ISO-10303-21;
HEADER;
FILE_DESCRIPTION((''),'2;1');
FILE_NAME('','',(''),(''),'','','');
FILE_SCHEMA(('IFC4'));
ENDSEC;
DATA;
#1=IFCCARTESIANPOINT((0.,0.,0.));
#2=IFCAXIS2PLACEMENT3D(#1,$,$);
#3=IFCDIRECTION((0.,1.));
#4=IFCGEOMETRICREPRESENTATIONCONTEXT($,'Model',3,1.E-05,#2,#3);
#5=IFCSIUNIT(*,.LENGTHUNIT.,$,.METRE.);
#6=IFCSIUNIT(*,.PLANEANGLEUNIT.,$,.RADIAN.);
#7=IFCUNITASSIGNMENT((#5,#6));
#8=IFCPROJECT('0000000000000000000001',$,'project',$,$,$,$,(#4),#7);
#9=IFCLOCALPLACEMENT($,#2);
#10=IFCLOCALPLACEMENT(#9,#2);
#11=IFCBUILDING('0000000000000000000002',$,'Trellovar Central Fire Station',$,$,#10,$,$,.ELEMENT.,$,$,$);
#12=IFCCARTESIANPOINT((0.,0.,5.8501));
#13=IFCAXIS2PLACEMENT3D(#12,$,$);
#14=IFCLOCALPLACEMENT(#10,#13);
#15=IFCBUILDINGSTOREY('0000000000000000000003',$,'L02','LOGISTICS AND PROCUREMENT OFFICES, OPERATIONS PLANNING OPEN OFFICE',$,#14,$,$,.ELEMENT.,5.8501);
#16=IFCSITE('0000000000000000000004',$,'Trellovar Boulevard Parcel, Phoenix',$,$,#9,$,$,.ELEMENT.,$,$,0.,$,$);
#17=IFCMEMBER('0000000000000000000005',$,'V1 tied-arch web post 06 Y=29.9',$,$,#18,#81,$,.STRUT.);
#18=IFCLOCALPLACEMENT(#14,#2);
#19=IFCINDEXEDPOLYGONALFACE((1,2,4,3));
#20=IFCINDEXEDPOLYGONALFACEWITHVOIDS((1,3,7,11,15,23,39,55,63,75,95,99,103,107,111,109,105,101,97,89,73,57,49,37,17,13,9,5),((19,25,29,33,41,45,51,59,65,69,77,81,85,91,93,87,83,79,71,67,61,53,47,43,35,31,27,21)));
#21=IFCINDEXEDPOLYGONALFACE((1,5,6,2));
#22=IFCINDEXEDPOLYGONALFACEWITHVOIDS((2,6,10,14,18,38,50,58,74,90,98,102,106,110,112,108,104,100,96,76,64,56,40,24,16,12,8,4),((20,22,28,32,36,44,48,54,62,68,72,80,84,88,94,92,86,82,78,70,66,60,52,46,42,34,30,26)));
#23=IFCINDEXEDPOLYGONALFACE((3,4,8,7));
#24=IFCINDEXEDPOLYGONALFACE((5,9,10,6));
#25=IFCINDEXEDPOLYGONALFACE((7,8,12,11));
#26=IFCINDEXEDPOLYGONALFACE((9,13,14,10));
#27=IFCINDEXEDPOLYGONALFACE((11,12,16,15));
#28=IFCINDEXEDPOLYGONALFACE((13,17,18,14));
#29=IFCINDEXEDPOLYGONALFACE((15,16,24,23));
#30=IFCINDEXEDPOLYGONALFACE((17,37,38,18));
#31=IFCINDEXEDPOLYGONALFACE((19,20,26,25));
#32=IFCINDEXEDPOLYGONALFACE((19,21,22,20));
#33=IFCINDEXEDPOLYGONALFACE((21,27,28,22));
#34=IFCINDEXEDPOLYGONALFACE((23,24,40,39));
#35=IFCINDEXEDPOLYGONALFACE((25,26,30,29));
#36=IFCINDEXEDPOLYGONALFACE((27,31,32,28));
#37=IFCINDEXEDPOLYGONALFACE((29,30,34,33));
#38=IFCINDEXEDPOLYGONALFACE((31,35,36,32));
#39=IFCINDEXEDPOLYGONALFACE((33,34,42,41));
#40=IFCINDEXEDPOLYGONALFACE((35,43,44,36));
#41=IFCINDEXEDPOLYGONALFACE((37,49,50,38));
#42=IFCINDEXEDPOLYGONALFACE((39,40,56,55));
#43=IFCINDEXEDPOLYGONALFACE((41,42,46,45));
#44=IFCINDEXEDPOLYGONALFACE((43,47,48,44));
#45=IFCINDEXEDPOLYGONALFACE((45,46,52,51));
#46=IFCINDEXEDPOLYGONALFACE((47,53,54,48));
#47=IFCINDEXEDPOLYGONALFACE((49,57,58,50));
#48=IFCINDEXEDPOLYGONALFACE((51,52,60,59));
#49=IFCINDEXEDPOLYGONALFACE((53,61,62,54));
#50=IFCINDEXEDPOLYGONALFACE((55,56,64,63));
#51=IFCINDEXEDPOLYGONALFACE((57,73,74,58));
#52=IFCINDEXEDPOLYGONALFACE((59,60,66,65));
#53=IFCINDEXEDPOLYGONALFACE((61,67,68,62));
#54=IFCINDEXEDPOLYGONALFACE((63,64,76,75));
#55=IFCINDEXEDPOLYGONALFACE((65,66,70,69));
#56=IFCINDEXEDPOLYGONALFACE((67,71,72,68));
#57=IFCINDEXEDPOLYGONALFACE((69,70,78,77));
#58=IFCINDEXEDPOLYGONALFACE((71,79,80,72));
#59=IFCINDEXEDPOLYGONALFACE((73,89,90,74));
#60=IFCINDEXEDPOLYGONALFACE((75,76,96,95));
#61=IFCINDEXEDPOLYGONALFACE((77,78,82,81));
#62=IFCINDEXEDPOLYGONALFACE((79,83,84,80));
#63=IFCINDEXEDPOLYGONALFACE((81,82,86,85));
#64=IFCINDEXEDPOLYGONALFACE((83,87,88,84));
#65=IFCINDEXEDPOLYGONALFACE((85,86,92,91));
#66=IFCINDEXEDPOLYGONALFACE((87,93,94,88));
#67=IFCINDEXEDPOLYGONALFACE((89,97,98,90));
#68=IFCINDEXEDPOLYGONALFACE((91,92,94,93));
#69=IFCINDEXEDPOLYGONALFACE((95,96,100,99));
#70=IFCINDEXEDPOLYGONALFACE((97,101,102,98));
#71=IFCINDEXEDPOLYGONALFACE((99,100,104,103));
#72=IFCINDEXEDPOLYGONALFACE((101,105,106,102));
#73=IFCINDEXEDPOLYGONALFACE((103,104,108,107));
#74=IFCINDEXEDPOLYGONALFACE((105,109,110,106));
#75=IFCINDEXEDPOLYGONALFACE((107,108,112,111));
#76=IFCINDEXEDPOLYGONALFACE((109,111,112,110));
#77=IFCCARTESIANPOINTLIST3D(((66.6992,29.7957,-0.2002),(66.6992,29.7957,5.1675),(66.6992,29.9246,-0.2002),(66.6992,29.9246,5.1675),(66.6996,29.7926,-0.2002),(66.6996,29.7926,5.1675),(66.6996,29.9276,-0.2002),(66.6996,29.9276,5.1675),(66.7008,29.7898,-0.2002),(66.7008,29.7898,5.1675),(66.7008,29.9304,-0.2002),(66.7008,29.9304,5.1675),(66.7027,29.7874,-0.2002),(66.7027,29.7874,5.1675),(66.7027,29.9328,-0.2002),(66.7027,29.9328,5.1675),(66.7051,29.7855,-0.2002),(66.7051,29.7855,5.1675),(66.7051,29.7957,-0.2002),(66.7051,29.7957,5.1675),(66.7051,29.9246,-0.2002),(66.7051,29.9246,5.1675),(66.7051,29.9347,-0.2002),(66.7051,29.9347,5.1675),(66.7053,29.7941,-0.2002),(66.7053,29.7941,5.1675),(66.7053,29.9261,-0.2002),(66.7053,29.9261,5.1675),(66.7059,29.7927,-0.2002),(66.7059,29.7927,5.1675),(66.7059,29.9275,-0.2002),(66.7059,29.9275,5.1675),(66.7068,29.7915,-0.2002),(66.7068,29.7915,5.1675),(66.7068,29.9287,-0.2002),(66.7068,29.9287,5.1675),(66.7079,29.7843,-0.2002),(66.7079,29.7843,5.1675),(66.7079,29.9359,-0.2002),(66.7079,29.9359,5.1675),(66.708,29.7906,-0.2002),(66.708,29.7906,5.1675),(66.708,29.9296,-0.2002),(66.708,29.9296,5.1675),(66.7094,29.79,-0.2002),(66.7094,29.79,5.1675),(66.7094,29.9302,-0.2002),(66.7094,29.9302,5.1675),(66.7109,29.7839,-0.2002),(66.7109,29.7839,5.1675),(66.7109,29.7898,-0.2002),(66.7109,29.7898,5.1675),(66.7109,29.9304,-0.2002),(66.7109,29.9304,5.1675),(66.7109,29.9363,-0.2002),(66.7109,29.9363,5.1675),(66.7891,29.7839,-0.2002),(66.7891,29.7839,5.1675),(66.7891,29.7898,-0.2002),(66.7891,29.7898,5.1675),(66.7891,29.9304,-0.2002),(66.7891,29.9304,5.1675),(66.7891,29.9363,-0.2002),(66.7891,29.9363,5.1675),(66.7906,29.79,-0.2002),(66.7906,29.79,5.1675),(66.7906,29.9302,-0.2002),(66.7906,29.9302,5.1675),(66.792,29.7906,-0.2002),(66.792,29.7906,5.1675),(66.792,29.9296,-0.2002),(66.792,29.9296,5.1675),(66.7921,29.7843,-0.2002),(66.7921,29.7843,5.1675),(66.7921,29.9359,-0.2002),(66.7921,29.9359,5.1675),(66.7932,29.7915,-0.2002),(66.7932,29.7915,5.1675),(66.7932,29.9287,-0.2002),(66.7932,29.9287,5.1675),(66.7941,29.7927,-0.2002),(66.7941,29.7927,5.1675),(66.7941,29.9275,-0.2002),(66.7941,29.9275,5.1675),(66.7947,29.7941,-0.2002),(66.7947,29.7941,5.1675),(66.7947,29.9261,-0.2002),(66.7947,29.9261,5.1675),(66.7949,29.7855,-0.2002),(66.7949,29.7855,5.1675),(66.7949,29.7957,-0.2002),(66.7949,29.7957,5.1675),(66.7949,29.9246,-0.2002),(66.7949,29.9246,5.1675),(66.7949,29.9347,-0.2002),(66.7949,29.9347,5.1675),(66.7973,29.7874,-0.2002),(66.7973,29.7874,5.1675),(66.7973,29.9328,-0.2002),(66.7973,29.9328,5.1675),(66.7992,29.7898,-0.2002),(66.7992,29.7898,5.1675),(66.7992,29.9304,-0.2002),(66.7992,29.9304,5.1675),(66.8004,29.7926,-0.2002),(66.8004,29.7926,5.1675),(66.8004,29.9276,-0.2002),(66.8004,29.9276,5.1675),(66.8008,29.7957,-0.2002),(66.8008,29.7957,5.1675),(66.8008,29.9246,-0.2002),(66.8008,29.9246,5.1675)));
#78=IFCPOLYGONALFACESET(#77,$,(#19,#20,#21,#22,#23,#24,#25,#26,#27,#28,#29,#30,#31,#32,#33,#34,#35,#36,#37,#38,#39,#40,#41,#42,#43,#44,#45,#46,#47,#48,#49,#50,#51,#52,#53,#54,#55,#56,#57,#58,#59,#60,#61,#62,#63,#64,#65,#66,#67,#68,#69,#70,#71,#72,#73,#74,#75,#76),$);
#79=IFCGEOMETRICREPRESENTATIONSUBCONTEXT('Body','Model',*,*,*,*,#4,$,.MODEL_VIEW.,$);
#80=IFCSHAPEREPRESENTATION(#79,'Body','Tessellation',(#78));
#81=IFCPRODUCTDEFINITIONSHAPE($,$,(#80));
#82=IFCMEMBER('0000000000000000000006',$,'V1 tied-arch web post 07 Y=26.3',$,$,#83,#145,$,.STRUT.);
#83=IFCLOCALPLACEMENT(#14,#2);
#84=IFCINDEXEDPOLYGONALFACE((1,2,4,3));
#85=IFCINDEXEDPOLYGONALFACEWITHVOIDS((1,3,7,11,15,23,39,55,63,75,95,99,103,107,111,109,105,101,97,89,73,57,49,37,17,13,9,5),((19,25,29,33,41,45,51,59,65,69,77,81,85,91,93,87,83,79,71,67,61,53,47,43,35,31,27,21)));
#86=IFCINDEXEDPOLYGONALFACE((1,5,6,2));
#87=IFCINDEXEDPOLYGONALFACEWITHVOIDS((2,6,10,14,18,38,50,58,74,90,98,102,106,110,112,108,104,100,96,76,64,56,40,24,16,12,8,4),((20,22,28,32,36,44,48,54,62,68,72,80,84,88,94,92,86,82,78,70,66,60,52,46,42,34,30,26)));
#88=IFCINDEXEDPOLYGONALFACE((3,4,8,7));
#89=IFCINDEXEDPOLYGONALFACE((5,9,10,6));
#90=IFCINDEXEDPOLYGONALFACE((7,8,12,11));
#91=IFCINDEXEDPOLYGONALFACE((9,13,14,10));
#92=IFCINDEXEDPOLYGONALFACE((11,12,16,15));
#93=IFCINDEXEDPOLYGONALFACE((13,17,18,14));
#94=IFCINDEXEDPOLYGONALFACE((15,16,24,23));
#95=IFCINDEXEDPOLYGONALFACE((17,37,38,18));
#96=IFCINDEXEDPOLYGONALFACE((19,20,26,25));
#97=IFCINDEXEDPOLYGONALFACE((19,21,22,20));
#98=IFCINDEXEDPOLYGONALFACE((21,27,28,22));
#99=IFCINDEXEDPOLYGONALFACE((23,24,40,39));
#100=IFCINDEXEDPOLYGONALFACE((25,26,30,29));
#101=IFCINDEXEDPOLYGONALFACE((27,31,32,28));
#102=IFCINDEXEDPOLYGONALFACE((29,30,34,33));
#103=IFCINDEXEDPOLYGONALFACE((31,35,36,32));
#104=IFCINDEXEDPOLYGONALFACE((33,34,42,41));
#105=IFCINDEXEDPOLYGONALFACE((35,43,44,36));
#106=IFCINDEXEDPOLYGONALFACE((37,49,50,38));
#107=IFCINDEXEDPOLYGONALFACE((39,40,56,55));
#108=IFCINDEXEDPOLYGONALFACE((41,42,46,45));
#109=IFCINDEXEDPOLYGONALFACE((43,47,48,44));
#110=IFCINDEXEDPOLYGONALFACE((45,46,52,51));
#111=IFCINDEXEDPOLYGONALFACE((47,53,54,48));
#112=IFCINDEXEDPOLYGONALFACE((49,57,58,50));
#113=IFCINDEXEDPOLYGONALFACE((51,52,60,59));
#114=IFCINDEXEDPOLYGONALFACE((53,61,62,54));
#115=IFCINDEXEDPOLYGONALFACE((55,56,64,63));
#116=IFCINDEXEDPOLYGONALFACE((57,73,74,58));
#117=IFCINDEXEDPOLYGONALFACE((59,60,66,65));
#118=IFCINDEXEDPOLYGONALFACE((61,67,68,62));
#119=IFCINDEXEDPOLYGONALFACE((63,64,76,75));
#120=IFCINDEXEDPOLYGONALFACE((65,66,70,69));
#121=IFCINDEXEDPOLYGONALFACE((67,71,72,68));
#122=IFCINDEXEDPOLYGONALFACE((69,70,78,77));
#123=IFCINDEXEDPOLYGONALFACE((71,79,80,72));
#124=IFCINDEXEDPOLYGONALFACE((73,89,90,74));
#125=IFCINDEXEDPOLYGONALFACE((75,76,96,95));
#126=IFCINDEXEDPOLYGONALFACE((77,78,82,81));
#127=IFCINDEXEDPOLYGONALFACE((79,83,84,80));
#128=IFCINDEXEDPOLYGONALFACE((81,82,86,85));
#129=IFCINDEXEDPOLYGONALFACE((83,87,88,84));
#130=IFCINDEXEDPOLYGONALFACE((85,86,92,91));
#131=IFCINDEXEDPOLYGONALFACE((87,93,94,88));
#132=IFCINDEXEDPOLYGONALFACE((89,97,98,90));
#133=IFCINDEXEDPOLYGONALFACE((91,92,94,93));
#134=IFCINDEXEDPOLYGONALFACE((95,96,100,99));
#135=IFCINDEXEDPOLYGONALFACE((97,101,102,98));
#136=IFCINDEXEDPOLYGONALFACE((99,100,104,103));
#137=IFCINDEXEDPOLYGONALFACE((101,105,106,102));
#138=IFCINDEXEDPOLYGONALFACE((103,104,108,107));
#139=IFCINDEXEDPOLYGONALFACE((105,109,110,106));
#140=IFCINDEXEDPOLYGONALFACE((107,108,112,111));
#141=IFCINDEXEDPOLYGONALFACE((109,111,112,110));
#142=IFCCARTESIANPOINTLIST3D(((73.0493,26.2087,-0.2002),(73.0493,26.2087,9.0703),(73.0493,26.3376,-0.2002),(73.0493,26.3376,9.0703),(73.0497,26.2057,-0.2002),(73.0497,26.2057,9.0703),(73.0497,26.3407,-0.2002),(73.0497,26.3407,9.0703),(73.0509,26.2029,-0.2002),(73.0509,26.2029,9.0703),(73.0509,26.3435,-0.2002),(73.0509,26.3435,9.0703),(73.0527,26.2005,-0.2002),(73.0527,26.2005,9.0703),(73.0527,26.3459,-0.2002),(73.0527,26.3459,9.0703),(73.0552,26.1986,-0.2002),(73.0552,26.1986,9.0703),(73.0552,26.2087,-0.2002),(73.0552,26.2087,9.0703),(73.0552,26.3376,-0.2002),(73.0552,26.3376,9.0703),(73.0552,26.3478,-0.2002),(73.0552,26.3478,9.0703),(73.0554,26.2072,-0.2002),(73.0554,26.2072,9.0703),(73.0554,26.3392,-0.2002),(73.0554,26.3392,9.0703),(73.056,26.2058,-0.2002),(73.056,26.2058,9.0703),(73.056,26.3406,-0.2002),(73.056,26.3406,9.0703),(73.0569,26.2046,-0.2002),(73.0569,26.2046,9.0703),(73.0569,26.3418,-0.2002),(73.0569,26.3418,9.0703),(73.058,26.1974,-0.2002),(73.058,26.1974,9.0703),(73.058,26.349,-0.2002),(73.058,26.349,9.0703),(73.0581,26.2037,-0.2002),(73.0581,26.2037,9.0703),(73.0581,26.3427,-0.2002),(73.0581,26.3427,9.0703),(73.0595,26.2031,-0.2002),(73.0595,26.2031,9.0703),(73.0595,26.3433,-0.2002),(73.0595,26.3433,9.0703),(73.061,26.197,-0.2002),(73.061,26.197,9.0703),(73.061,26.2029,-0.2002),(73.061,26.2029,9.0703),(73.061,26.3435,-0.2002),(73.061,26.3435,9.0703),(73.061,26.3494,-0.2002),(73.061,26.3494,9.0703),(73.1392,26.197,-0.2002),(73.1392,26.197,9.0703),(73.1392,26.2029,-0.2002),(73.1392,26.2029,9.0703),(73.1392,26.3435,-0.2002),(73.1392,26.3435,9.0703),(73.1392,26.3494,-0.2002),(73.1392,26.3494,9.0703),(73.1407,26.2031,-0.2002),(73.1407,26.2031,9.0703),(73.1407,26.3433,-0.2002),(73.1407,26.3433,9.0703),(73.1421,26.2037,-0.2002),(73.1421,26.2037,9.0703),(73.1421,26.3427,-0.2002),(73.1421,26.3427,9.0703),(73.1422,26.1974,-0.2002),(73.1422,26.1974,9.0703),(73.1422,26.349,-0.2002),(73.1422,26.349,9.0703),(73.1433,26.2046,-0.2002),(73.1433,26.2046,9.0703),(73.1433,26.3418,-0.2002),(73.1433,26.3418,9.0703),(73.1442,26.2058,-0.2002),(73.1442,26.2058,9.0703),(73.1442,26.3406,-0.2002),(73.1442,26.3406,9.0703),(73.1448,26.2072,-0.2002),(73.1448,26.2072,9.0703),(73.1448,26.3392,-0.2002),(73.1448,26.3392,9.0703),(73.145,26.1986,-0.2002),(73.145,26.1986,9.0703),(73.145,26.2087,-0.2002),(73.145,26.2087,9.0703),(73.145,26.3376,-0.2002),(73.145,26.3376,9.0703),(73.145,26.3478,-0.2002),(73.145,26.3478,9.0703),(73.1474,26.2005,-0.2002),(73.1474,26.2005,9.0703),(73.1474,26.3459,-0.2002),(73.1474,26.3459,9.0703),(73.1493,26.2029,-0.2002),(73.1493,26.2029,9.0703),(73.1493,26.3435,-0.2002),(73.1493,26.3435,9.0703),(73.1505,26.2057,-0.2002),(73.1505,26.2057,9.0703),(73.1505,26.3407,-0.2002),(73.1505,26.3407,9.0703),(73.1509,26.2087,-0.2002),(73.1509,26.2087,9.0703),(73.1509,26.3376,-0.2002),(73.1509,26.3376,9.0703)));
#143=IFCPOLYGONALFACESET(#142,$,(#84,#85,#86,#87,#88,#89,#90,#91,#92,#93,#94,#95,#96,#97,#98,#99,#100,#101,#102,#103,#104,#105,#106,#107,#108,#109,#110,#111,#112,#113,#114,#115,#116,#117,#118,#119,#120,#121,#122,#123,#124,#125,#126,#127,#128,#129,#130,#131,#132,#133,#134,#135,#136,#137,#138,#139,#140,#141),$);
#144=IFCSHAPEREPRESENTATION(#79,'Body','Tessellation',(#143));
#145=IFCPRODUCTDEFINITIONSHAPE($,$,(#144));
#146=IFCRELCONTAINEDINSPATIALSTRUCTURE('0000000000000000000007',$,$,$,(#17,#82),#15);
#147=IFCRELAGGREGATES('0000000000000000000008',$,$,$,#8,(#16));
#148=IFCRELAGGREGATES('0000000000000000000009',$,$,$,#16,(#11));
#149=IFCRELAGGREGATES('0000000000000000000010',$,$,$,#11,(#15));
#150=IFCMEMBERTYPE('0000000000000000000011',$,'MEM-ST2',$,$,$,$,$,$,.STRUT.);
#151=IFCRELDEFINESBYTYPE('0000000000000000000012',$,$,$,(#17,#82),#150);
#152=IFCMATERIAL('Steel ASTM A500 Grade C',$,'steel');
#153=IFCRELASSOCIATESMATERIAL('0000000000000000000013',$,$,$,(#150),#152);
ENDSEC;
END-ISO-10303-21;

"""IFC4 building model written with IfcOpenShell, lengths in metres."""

from ifc_helpers import new_model, si_unit, direction, frame, origin, origin_2d, place, context, subcontext, project, spatial, hollow_rectangle, extrude, material, material_profile, profile_set, type_object, element, save


model = new_model("IFC4")

# Units and contexts
model_context = context("Model", 3, precision=1e-05, world=origin(), true_north=direction((0.0, 1.0)))
body_context = subcontext(model_context, "Body", "Model", "MODEL_VIEW")
ifc_project = project(units=[si_unit("LENGTHUNIT", "METRE"), si_unit("PLANEANGLEUNIT", "RADIAN")], contexts=[model_context])

# Site, building, storey
site_placement = place(None, origin())
site = spatial("IfcSite", under=ifc_project, at=site_placement, Name="Trellovar Boulevard Parcel, Phoenix", CompositionType="ELEMENT", RefElevation=0.0)
building_placement = place(site_placement, origin())
building = spatial("IfcBuilding", under=site, at=building_placement, Name="Trellovar Central Fire Station", CompositionType="ELEMENT")
storey_placement = place(building_placement, frame((0.0, 0.0, 5.8501)))
storey = spatial("IfcBuildingStorey", under=building, at=storey_placement, Name="L02", Description="LOGISTICS AND PROCUREMENT OFFICES, OPERATIONS PLANNING OPEN OFFICE", CompositionType="ELEMENT", Elevation=5.8501)

# Members
ifc_material_1 = material(Name="Steel ASTM A500 Grade C", Category="steel")
ifc_material_profile_1 = material_profile(ifc_material_1, hollow_rectangle(XDim=0.1016, YDim=0.1523, WallThickness=0.0059, InnerFilletRadius=0.0059, OuterFilletRadius=0.0117, at=origin_2d()), Name="HSS6X4X1/4")
ifc_profile_set_1 = profile_set([ifc_material_profile_1], Name="Steel ASTM A500 Grade C")
member_type_1 = type_object("IfcMemberType", Name="MEM-ST2", PredefinedType="STRUT", material=ifc_profile_set_1)
member_1_placement = place(storey_placement, frame((66.75, 29.8601, -0.2002), z_axis=(0.0, 0.0, 1.0), x_axis=(1.0, 0.0, 0.0)))
element("IfcMember", 1, at=member_1_placement, inside=storey, type_object=member_type_1, Name="V1 tied-arch web post 06 Y=29.9", PredefinedType="STRUT", context=body_context, shape_type="SweptSolid", body=[
    extrude(hollow_rectangle(XDim=0.1016, YDim=0.1523, WallThickness=0.0059, InnerFilletRadius=0.0059, OuterFilletRadius=0.0117, at=origin_2d()), origin(), (0.0, 0.0, 1.0), 5.3677),
])
member_2_placement = place(storey_placement, frame((73.1001, 26.2732, -0.2002), z_axis=(0.0, 0.0, 1.0), x_axis=(1.0, 0.0, 0.0)))
element("IfcMember", 2, at=member_2_placement, inside=storey, type_object=member_type_1, Name="V1 tied-arch web post 07 Y=26.3", PredefinedType="STRUT", context=body_context, shape_type="SweptSolid", body=[
    extrude(hollow_rectangle(XDim=0.1016, YDim=0.1523, WallThickness=0.0059, InnerFilletRadius=0.0059, OuterFilletRadius=0.0117, at=origin_2d()), origin(), (0.0, 0.0, 1.0), 9.2705),
])

save(model, "model.ifc")
